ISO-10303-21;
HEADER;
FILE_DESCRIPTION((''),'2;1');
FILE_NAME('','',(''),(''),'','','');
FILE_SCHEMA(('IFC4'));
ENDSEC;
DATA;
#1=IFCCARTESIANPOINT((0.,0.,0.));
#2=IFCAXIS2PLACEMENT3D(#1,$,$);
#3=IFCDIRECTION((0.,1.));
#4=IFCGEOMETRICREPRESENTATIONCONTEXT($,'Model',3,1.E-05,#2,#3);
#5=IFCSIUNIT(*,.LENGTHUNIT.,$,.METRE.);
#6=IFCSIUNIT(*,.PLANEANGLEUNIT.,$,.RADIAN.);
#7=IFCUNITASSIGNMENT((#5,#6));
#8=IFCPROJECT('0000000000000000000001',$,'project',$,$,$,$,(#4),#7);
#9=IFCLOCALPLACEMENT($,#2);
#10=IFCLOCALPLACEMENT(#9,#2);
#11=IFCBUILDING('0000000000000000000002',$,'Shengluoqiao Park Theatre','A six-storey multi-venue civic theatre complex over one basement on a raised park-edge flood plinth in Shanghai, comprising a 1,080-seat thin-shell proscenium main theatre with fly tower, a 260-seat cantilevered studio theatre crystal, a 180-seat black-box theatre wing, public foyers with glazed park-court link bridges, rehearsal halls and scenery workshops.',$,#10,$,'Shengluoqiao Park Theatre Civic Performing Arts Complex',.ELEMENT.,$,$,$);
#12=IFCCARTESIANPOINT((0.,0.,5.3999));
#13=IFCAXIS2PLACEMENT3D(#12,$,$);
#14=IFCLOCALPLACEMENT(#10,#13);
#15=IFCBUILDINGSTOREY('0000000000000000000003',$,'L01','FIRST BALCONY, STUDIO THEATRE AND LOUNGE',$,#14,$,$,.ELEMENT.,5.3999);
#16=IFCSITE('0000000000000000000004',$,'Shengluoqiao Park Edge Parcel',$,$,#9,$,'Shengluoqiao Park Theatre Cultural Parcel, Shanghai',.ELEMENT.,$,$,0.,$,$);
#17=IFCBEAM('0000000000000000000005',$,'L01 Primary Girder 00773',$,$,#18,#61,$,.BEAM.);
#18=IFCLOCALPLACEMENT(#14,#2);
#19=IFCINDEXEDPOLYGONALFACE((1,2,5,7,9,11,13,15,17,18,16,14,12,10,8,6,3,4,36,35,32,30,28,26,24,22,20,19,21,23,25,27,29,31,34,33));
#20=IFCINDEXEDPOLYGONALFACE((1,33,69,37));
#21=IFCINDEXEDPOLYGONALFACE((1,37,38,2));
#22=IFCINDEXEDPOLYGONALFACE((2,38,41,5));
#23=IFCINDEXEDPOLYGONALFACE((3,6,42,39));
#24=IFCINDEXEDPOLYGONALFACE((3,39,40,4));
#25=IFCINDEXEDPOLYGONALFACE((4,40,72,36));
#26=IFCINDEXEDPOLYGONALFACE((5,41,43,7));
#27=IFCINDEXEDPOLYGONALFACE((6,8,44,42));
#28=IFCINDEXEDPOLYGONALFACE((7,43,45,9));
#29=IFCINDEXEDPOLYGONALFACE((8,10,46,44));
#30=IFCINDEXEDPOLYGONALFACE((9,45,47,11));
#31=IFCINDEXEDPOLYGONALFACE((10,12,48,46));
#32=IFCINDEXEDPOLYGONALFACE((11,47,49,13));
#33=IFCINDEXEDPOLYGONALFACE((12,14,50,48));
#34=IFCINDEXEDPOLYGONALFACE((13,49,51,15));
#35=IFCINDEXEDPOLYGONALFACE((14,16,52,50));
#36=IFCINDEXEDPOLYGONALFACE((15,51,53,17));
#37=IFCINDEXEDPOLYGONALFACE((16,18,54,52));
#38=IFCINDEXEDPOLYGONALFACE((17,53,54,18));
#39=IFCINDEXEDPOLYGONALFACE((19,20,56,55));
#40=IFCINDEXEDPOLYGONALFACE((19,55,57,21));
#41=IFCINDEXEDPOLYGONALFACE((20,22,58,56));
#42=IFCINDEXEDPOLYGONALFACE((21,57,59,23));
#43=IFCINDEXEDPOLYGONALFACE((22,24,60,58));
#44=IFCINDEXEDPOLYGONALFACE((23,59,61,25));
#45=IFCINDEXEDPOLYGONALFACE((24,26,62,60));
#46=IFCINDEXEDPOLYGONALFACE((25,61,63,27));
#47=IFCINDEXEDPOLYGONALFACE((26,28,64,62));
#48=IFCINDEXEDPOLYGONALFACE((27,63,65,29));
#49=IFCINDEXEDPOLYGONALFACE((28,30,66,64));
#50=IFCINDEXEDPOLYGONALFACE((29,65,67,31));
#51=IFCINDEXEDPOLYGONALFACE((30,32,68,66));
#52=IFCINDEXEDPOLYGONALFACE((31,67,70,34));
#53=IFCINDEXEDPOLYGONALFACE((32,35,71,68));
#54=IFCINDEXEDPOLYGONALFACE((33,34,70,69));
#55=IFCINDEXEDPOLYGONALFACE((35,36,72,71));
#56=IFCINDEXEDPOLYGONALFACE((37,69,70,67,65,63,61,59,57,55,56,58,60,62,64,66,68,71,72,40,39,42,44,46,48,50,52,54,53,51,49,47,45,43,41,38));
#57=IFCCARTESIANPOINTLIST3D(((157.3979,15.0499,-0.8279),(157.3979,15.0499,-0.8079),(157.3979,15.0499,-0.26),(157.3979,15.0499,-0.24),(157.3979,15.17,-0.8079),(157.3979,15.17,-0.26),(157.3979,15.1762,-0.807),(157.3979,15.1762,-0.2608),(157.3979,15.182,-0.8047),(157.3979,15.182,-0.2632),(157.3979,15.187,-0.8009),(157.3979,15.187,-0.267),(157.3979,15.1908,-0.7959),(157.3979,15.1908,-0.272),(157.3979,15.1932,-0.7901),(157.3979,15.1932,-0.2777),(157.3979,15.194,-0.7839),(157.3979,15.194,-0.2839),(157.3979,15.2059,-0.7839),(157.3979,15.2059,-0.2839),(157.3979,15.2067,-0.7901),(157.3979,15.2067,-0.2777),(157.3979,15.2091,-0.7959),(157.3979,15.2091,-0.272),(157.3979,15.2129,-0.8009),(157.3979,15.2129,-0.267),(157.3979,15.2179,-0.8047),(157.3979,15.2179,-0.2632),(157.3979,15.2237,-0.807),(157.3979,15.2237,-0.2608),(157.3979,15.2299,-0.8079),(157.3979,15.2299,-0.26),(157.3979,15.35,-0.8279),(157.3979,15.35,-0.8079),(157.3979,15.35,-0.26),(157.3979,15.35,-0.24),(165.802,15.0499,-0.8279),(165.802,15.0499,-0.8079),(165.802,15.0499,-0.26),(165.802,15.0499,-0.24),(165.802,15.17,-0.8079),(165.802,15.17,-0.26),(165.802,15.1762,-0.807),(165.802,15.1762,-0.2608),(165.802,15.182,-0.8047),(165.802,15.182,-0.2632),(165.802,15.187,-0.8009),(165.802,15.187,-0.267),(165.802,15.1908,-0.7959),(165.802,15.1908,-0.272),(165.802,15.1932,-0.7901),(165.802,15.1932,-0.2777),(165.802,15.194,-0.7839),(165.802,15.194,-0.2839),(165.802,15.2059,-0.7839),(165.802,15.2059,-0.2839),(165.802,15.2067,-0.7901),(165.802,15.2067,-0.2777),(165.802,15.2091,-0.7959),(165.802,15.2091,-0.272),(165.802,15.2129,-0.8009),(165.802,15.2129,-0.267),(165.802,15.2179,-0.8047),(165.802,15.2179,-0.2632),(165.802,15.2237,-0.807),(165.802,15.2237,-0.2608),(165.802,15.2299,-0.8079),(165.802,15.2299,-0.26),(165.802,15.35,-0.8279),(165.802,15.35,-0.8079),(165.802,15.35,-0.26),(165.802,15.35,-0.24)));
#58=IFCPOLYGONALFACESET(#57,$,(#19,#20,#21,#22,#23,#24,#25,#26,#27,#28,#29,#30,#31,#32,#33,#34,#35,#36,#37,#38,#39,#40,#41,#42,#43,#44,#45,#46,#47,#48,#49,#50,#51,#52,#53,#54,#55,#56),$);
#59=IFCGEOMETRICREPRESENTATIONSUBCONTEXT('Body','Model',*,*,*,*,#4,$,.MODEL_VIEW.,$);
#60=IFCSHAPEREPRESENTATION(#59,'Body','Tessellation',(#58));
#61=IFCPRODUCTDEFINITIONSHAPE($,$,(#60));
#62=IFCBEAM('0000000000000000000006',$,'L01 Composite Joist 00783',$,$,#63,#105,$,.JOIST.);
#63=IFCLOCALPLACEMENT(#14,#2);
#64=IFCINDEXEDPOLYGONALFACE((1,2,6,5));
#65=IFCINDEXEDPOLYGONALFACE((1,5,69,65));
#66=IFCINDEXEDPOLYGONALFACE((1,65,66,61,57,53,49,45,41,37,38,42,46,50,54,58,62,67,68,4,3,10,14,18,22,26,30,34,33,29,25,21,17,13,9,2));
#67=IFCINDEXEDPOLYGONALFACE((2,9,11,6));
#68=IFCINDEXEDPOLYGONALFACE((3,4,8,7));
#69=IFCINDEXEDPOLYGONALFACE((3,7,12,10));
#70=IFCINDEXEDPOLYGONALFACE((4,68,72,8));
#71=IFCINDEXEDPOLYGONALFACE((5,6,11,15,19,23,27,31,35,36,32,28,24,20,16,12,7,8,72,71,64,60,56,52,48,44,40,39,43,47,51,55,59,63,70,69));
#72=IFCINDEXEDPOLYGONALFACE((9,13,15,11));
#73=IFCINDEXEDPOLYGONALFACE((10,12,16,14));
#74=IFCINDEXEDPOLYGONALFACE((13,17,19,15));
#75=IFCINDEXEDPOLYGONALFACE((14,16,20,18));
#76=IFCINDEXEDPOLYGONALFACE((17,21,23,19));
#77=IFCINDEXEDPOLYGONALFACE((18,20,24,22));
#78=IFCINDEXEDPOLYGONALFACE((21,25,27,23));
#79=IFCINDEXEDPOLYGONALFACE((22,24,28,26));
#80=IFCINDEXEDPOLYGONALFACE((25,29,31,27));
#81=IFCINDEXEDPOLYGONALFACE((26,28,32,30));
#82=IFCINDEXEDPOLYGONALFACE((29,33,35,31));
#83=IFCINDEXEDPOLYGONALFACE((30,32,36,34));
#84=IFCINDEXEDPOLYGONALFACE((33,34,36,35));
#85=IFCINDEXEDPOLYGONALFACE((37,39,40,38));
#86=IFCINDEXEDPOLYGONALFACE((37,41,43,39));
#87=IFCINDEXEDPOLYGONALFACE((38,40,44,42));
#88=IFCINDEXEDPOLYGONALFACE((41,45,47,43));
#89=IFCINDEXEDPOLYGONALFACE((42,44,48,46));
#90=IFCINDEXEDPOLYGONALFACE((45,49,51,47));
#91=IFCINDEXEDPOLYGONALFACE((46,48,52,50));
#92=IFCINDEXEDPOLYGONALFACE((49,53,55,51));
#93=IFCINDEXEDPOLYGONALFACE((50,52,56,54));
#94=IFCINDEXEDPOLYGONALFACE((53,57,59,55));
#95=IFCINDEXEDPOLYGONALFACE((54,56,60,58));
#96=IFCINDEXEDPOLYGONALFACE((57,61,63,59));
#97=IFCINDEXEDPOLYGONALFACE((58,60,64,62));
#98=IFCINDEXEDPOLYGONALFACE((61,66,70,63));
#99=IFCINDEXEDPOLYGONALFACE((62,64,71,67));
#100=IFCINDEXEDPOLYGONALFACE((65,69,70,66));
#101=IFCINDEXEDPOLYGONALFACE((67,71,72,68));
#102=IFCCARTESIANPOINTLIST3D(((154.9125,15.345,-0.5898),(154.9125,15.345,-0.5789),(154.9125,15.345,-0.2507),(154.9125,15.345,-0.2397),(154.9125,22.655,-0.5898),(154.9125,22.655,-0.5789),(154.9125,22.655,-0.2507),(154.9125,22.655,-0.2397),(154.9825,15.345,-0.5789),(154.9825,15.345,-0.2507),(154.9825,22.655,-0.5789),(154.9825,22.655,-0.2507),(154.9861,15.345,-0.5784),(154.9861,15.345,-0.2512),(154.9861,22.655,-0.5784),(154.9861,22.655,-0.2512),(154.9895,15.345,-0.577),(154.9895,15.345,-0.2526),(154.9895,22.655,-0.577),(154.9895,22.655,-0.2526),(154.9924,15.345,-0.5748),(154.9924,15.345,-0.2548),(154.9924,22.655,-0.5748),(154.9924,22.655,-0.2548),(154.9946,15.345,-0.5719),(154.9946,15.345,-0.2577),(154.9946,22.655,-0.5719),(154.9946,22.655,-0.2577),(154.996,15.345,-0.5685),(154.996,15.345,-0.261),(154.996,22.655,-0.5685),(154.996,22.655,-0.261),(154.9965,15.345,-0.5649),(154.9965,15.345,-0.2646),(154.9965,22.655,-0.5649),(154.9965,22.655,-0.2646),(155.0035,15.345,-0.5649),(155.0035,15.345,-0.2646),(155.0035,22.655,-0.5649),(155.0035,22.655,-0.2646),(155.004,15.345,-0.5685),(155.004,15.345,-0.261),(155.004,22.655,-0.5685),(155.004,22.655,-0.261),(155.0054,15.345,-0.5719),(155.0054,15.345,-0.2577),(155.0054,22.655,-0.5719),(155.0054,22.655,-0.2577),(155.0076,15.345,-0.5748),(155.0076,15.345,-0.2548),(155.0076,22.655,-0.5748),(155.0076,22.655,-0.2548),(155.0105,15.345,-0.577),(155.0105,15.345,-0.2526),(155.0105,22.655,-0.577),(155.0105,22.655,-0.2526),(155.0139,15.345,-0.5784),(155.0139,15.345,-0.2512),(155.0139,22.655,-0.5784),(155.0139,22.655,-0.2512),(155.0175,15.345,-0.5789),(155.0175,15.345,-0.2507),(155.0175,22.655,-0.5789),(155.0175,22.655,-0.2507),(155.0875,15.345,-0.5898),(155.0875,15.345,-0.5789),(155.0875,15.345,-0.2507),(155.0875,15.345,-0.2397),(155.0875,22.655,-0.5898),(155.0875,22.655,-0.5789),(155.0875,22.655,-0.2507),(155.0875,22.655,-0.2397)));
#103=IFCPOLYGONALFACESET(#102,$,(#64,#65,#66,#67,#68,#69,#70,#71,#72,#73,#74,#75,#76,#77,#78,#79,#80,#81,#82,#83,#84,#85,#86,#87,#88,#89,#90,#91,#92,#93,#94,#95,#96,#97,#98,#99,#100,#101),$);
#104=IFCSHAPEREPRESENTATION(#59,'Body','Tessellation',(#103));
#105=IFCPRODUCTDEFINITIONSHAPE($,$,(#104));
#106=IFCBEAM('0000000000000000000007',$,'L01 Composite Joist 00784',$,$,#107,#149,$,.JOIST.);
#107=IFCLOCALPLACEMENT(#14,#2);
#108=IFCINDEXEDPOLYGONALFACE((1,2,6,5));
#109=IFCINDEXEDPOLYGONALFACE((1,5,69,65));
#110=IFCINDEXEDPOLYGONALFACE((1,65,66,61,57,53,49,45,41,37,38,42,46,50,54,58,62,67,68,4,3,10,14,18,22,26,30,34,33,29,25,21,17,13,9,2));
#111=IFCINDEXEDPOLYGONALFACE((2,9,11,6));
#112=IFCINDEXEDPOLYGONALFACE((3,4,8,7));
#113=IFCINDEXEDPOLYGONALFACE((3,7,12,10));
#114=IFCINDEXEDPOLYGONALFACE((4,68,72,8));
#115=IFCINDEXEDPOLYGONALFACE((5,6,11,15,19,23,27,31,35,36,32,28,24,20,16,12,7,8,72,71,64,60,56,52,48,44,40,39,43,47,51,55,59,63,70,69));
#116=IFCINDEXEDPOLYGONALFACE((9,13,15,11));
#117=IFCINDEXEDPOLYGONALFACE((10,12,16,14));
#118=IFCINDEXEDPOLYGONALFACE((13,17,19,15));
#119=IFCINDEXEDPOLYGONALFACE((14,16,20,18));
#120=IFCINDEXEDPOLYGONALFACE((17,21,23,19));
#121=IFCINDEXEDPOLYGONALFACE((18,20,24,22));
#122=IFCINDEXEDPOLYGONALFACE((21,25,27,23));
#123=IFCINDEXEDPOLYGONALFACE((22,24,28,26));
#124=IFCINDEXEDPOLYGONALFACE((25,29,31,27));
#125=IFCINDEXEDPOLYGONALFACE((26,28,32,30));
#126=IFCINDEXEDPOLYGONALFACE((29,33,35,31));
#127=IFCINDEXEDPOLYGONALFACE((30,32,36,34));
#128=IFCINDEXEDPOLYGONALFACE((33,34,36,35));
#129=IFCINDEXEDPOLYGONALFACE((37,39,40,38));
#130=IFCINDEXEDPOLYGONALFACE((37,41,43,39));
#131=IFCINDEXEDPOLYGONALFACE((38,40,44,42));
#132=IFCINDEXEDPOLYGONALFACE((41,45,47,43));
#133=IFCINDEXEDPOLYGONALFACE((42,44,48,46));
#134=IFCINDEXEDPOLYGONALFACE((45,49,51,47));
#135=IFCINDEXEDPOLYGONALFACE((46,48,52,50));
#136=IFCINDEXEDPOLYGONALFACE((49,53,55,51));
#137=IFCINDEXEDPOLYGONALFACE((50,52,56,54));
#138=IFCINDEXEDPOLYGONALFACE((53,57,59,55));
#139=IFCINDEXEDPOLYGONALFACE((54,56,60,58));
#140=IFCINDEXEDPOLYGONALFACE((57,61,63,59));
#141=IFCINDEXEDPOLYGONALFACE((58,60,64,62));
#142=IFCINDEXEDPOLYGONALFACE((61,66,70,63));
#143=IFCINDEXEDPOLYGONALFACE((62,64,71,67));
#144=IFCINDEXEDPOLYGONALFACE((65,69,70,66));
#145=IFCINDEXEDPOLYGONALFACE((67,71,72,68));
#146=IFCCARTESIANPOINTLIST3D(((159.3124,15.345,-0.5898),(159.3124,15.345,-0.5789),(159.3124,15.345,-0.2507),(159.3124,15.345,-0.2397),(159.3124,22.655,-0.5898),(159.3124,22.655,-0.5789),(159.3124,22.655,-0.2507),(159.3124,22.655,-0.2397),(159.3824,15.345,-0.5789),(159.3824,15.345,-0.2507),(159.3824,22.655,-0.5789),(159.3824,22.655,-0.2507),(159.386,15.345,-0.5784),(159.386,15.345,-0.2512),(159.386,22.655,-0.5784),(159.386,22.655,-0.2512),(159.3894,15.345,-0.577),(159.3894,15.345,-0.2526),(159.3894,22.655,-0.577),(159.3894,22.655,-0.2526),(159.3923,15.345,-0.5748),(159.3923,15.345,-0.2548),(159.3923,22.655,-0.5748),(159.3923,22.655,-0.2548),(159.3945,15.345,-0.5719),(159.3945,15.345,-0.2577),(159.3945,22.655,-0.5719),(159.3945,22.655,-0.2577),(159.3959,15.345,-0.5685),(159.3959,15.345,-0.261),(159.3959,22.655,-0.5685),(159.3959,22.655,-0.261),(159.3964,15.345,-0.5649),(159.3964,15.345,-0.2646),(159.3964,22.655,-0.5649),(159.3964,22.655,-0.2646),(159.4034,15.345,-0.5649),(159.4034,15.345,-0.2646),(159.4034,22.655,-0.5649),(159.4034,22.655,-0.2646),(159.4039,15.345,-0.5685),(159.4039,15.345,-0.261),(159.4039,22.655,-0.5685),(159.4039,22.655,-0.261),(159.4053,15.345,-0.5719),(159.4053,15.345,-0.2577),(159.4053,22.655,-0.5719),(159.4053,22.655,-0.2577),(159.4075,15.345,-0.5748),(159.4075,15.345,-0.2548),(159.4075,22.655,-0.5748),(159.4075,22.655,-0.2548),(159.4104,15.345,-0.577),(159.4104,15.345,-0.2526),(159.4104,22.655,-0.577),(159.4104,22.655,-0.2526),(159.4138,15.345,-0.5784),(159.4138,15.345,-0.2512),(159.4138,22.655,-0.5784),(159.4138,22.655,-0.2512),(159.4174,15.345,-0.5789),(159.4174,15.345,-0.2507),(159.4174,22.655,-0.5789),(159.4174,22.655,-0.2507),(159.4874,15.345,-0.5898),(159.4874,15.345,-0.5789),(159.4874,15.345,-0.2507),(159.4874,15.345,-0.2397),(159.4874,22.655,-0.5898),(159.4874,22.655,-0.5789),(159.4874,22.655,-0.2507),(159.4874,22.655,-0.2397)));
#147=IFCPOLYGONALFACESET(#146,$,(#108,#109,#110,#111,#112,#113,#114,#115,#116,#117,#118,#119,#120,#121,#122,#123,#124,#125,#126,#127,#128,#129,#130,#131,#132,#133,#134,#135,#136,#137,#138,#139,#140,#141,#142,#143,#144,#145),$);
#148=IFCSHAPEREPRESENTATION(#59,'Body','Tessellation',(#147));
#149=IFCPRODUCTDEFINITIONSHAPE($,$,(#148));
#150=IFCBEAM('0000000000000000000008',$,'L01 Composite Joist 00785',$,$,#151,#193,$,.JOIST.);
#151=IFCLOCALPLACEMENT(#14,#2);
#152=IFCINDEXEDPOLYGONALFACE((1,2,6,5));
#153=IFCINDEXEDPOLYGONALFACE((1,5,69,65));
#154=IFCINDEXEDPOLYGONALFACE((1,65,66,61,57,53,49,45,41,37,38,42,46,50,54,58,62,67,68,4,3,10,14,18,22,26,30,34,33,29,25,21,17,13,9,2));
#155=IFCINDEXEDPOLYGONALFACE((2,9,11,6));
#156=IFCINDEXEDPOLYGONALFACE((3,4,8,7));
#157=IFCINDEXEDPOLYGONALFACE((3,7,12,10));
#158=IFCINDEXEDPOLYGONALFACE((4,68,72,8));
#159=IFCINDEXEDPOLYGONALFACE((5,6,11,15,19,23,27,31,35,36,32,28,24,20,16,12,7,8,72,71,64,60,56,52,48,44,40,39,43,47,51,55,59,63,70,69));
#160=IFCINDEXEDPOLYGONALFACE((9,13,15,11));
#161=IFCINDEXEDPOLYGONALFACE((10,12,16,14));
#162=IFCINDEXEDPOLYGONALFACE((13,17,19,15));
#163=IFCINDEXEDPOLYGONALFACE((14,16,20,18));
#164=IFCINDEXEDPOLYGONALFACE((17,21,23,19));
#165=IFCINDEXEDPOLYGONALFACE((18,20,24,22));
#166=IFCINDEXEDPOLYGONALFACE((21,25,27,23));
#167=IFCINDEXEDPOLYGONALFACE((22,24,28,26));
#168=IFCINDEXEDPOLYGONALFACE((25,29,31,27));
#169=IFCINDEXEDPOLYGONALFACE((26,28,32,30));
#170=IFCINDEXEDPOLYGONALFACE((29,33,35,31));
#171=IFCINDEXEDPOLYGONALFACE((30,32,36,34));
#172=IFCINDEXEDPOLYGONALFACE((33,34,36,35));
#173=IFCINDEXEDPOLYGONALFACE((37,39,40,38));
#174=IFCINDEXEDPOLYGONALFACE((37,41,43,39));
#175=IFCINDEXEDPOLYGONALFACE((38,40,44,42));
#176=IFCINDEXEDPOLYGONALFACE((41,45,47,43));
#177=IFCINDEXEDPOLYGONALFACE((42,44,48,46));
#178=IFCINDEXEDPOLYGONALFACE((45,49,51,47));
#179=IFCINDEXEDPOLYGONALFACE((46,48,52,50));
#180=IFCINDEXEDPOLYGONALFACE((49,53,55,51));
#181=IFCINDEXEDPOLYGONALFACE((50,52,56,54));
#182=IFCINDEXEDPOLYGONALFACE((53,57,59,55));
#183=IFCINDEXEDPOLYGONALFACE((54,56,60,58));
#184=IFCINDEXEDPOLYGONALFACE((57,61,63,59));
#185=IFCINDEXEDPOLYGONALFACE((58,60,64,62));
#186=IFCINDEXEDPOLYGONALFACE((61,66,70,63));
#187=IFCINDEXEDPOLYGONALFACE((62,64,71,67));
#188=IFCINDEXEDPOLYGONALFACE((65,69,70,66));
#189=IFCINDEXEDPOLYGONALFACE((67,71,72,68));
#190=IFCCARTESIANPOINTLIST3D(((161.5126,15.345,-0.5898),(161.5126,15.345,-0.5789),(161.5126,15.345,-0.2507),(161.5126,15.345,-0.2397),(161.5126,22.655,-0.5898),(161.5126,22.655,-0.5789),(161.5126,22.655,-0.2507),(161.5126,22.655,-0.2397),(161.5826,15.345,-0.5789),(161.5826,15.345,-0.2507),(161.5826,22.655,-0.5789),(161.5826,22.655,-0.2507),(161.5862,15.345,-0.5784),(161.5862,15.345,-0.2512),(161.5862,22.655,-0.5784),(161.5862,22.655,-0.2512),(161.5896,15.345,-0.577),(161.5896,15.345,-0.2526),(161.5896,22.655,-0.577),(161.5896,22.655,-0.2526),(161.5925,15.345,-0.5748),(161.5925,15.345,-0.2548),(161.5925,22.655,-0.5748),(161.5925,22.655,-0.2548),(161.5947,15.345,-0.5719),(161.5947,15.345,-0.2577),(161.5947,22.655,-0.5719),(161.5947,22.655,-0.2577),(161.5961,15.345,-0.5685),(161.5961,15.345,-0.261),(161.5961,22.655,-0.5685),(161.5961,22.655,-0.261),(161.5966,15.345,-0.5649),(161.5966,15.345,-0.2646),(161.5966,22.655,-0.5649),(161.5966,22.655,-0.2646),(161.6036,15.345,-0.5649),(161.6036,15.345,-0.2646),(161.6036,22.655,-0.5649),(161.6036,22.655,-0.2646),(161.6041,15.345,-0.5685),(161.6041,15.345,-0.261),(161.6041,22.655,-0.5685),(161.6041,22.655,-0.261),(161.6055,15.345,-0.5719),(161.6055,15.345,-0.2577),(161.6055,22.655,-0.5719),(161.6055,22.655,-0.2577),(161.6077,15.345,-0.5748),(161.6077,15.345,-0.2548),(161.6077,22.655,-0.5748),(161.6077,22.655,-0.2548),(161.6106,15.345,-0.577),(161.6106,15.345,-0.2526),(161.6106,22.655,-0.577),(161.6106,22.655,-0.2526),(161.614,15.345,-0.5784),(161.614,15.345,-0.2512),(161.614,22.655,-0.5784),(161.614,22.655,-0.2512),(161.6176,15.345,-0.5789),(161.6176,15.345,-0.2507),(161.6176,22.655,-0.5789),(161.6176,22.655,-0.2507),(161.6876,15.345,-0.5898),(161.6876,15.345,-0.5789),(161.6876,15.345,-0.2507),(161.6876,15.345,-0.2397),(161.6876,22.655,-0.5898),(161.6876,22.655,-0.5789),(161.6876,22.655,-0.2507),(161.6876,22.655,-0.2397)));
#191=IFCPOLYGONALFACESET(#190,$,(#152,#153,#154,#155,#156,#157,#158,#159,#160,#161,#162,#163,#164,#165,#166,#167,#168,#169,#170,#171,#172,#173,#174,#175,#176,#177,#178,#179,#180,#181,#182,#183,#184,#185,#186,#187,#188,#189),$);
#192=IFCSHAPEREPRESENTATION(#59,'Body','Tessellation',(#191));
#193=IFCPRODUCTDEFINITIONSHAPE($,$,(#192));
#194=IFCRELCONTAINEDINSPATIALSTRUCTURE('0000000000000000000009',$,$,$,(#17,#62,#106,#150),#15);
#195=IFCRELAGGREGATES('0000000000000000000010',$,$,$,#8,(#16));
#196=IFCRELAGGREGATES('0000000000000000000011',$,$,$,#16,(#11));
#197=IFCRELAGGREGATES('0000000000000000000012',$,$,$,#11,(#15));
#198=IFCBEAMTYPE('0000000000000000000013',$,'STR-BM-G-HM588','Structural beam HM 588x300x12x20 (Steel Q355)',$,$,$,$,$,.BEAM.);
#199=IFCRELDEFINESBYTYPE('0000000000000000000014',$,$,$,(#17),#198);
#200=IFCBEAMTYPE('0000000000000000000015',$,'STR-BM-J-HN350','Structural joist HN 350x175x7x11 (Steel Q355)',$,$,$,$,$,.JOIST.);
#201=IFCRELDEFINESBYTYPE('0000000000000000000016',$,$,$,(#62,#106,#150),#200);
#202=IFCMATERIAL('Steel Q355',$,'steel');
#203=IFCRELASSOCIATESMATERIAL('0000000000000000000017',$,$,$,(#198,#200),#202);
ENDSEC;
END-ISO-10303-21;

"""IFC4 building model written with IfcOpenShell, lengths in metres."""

from ifc_helpers import new_model, si_unit, direction, frame, origin, origin_2d, place, context, subcontext, project, spatial, i_section, extrude, material, material_profile, profile_set, type_object, element, save


model = new_model("IFC4")

# Units and contexts
model_context = context("Model", 3, precision=1e-05, world=origin(), true_north=direction((0.0, 1.0)))
body_context = subcontext(model_context, "Body", "Model", "MODEL_VIEW")
ifc_project = project(units=[si_unit("LENGTHUNIT", "METRE"), si_unit("PLANEANGLEUNIT", "RADIAN")], contexts=[model_context])

# Site, building, storey
site_placement = place(None, origin())
site = spatial("IfcSite", under=ifc_project, at=site_placement, Name="Shengluoqiao Park Edge Parcel", LongName="Shengluoqiao Park Theatre Cultural Parcel, Shanghai", CompositionType="ELEMENT", RefElevation=0.0)
building_placement = place(site_placement, origin())
building = spatial("IfcBuilding", under=site, at=building_placement, Name="Shengluoqiao Park Theatre", Description="A six-storey multi-venue civic theatre complex over one basement on a raised park-edge flood plinth in Shanghai, comprising a 1,080-seat thin-shell proscenium main theatre with fly tower, a 260-seat cantilevered studio theatre crystal, a 180-seat black-box theatre wing, public foyers with glazed park-court link bridges, rehearsal halls and scenery workshops.", LongName="Shengluoqiao Park Theatre Civic Performing Arts Complex", CompositionType="ELEMENT")
storey_placement = place(building_placement, frame((0.0, 0.0, 5.3999)))
storey = spatial("IfcBuildingStorey", under=building, at=storey_placement, Name="L01", Description="FIRST BALCONY, STUDIO THEATRE AND LOUNGE", CompositionType="ELEMENT", Elevation=5.3999)

# Beams
ifc_material_1 = material(Name="Steel Q355", Category="steel")
ifc_material_profile_1 = material_profile(ifc_material_1, i_section(OverallWidth=0.3, OverallDepth=0.5879, WebThickness=0.012, FlangeThickness=0.02, FilletRadius=0.0239, at=origin_2d()), Name="HM 588x300x12x20")
ifc_profile_set_1 = profile_set([ifc_material_profile_1], Name="Steel Q355")
beam_type_1 = type_object("IfcBeamType", Name="STR-BM-G-HM588", Description="Structural beam HM 588x300x12x20 (Steel Q355)", PredefinedType="BEAM", material=ifc_profile_set_1)
beam_placement = place(storey_placement, frame((157.3979, 15.2, -0.5339), z_axis=(1.0, 0.0, 0.0), x_axis=(0.0, 1.0, 0.0)))
element("IfcBeam", 1, at=beam_placement, inside=storey, type_object=beam_type_1, Name="L01 Primary Girder 00773", PredefinedType="BEAM", context=body_context, shape_type="SweptSolid", body=[
    extrude(i_section(OverallWidth=0.3, OverallDepth=0.5879, WebThickness=0.012, FlangeThickness=0.02, FilletRadius=0.0239, at=origin_2d()), origin(), (0.0, 0.0, 1.0), 8.4041),
])
ifc_material_profile_2 = material_profile(ifc_material_1, i_section(OverallWidth=0.175, OverallDepth=0.3501, WebThickness=0.0071, FlangeThickness=0.011, FilletRadius=0.0139, at=origin_2d()), Name="HN 350x175x7x11")
ifc_profile_set_2 = profile_set([ifc_material_profile_2], Name="Steel Q355")
beam_type_2 = type_object("IfcBeamType", Name="STR-BM-J-HN350", Description="Structural joist HN 350x175x7x11 (Steel Q355)", PredefinedType="JOIST", material=ifc_profile_set_2)
for number, where, z_axis, x_axis, name in (
    (2, (155.0, 15.345, -0.4148), (0.0, 1.0, 0.0), (-1.0, 0.0, 0.0), "L01 Composite Joist 00783"),
    (3, (159.3999, 15.345, -0.4148), (0.0, 1.0, 0.0), (-1.0, 0.0, 0.0), "L01 Composite Joist 00784"),
    (4, (161.6001, 15.345, -0.4148), (0.0, 1.0, 0.0), (-1.0, 0.0, 0.0), "L01 Composite Joist 00785"),
):
    element("IfcBeam", number, at=place(storey_placement, frame(where, z_axis=z_axis, x_axis=x_axis)), inside=storey, type_object=beam_type_2, Name=name, PredefinedType="JOIST", context=body_context, shape_type="SweptSolid", body=[
        extrude(i_section(OverallWidth=0.175, OverallDepth=0.3501, WebThickness=0.0071, FlangeThickness=0.011, FilletRadius=0.0139, at=origin_2d()), origin(), (0.0, 0.0, 1.0), 7.3101),
    ])

save(model, "model.ifc")
